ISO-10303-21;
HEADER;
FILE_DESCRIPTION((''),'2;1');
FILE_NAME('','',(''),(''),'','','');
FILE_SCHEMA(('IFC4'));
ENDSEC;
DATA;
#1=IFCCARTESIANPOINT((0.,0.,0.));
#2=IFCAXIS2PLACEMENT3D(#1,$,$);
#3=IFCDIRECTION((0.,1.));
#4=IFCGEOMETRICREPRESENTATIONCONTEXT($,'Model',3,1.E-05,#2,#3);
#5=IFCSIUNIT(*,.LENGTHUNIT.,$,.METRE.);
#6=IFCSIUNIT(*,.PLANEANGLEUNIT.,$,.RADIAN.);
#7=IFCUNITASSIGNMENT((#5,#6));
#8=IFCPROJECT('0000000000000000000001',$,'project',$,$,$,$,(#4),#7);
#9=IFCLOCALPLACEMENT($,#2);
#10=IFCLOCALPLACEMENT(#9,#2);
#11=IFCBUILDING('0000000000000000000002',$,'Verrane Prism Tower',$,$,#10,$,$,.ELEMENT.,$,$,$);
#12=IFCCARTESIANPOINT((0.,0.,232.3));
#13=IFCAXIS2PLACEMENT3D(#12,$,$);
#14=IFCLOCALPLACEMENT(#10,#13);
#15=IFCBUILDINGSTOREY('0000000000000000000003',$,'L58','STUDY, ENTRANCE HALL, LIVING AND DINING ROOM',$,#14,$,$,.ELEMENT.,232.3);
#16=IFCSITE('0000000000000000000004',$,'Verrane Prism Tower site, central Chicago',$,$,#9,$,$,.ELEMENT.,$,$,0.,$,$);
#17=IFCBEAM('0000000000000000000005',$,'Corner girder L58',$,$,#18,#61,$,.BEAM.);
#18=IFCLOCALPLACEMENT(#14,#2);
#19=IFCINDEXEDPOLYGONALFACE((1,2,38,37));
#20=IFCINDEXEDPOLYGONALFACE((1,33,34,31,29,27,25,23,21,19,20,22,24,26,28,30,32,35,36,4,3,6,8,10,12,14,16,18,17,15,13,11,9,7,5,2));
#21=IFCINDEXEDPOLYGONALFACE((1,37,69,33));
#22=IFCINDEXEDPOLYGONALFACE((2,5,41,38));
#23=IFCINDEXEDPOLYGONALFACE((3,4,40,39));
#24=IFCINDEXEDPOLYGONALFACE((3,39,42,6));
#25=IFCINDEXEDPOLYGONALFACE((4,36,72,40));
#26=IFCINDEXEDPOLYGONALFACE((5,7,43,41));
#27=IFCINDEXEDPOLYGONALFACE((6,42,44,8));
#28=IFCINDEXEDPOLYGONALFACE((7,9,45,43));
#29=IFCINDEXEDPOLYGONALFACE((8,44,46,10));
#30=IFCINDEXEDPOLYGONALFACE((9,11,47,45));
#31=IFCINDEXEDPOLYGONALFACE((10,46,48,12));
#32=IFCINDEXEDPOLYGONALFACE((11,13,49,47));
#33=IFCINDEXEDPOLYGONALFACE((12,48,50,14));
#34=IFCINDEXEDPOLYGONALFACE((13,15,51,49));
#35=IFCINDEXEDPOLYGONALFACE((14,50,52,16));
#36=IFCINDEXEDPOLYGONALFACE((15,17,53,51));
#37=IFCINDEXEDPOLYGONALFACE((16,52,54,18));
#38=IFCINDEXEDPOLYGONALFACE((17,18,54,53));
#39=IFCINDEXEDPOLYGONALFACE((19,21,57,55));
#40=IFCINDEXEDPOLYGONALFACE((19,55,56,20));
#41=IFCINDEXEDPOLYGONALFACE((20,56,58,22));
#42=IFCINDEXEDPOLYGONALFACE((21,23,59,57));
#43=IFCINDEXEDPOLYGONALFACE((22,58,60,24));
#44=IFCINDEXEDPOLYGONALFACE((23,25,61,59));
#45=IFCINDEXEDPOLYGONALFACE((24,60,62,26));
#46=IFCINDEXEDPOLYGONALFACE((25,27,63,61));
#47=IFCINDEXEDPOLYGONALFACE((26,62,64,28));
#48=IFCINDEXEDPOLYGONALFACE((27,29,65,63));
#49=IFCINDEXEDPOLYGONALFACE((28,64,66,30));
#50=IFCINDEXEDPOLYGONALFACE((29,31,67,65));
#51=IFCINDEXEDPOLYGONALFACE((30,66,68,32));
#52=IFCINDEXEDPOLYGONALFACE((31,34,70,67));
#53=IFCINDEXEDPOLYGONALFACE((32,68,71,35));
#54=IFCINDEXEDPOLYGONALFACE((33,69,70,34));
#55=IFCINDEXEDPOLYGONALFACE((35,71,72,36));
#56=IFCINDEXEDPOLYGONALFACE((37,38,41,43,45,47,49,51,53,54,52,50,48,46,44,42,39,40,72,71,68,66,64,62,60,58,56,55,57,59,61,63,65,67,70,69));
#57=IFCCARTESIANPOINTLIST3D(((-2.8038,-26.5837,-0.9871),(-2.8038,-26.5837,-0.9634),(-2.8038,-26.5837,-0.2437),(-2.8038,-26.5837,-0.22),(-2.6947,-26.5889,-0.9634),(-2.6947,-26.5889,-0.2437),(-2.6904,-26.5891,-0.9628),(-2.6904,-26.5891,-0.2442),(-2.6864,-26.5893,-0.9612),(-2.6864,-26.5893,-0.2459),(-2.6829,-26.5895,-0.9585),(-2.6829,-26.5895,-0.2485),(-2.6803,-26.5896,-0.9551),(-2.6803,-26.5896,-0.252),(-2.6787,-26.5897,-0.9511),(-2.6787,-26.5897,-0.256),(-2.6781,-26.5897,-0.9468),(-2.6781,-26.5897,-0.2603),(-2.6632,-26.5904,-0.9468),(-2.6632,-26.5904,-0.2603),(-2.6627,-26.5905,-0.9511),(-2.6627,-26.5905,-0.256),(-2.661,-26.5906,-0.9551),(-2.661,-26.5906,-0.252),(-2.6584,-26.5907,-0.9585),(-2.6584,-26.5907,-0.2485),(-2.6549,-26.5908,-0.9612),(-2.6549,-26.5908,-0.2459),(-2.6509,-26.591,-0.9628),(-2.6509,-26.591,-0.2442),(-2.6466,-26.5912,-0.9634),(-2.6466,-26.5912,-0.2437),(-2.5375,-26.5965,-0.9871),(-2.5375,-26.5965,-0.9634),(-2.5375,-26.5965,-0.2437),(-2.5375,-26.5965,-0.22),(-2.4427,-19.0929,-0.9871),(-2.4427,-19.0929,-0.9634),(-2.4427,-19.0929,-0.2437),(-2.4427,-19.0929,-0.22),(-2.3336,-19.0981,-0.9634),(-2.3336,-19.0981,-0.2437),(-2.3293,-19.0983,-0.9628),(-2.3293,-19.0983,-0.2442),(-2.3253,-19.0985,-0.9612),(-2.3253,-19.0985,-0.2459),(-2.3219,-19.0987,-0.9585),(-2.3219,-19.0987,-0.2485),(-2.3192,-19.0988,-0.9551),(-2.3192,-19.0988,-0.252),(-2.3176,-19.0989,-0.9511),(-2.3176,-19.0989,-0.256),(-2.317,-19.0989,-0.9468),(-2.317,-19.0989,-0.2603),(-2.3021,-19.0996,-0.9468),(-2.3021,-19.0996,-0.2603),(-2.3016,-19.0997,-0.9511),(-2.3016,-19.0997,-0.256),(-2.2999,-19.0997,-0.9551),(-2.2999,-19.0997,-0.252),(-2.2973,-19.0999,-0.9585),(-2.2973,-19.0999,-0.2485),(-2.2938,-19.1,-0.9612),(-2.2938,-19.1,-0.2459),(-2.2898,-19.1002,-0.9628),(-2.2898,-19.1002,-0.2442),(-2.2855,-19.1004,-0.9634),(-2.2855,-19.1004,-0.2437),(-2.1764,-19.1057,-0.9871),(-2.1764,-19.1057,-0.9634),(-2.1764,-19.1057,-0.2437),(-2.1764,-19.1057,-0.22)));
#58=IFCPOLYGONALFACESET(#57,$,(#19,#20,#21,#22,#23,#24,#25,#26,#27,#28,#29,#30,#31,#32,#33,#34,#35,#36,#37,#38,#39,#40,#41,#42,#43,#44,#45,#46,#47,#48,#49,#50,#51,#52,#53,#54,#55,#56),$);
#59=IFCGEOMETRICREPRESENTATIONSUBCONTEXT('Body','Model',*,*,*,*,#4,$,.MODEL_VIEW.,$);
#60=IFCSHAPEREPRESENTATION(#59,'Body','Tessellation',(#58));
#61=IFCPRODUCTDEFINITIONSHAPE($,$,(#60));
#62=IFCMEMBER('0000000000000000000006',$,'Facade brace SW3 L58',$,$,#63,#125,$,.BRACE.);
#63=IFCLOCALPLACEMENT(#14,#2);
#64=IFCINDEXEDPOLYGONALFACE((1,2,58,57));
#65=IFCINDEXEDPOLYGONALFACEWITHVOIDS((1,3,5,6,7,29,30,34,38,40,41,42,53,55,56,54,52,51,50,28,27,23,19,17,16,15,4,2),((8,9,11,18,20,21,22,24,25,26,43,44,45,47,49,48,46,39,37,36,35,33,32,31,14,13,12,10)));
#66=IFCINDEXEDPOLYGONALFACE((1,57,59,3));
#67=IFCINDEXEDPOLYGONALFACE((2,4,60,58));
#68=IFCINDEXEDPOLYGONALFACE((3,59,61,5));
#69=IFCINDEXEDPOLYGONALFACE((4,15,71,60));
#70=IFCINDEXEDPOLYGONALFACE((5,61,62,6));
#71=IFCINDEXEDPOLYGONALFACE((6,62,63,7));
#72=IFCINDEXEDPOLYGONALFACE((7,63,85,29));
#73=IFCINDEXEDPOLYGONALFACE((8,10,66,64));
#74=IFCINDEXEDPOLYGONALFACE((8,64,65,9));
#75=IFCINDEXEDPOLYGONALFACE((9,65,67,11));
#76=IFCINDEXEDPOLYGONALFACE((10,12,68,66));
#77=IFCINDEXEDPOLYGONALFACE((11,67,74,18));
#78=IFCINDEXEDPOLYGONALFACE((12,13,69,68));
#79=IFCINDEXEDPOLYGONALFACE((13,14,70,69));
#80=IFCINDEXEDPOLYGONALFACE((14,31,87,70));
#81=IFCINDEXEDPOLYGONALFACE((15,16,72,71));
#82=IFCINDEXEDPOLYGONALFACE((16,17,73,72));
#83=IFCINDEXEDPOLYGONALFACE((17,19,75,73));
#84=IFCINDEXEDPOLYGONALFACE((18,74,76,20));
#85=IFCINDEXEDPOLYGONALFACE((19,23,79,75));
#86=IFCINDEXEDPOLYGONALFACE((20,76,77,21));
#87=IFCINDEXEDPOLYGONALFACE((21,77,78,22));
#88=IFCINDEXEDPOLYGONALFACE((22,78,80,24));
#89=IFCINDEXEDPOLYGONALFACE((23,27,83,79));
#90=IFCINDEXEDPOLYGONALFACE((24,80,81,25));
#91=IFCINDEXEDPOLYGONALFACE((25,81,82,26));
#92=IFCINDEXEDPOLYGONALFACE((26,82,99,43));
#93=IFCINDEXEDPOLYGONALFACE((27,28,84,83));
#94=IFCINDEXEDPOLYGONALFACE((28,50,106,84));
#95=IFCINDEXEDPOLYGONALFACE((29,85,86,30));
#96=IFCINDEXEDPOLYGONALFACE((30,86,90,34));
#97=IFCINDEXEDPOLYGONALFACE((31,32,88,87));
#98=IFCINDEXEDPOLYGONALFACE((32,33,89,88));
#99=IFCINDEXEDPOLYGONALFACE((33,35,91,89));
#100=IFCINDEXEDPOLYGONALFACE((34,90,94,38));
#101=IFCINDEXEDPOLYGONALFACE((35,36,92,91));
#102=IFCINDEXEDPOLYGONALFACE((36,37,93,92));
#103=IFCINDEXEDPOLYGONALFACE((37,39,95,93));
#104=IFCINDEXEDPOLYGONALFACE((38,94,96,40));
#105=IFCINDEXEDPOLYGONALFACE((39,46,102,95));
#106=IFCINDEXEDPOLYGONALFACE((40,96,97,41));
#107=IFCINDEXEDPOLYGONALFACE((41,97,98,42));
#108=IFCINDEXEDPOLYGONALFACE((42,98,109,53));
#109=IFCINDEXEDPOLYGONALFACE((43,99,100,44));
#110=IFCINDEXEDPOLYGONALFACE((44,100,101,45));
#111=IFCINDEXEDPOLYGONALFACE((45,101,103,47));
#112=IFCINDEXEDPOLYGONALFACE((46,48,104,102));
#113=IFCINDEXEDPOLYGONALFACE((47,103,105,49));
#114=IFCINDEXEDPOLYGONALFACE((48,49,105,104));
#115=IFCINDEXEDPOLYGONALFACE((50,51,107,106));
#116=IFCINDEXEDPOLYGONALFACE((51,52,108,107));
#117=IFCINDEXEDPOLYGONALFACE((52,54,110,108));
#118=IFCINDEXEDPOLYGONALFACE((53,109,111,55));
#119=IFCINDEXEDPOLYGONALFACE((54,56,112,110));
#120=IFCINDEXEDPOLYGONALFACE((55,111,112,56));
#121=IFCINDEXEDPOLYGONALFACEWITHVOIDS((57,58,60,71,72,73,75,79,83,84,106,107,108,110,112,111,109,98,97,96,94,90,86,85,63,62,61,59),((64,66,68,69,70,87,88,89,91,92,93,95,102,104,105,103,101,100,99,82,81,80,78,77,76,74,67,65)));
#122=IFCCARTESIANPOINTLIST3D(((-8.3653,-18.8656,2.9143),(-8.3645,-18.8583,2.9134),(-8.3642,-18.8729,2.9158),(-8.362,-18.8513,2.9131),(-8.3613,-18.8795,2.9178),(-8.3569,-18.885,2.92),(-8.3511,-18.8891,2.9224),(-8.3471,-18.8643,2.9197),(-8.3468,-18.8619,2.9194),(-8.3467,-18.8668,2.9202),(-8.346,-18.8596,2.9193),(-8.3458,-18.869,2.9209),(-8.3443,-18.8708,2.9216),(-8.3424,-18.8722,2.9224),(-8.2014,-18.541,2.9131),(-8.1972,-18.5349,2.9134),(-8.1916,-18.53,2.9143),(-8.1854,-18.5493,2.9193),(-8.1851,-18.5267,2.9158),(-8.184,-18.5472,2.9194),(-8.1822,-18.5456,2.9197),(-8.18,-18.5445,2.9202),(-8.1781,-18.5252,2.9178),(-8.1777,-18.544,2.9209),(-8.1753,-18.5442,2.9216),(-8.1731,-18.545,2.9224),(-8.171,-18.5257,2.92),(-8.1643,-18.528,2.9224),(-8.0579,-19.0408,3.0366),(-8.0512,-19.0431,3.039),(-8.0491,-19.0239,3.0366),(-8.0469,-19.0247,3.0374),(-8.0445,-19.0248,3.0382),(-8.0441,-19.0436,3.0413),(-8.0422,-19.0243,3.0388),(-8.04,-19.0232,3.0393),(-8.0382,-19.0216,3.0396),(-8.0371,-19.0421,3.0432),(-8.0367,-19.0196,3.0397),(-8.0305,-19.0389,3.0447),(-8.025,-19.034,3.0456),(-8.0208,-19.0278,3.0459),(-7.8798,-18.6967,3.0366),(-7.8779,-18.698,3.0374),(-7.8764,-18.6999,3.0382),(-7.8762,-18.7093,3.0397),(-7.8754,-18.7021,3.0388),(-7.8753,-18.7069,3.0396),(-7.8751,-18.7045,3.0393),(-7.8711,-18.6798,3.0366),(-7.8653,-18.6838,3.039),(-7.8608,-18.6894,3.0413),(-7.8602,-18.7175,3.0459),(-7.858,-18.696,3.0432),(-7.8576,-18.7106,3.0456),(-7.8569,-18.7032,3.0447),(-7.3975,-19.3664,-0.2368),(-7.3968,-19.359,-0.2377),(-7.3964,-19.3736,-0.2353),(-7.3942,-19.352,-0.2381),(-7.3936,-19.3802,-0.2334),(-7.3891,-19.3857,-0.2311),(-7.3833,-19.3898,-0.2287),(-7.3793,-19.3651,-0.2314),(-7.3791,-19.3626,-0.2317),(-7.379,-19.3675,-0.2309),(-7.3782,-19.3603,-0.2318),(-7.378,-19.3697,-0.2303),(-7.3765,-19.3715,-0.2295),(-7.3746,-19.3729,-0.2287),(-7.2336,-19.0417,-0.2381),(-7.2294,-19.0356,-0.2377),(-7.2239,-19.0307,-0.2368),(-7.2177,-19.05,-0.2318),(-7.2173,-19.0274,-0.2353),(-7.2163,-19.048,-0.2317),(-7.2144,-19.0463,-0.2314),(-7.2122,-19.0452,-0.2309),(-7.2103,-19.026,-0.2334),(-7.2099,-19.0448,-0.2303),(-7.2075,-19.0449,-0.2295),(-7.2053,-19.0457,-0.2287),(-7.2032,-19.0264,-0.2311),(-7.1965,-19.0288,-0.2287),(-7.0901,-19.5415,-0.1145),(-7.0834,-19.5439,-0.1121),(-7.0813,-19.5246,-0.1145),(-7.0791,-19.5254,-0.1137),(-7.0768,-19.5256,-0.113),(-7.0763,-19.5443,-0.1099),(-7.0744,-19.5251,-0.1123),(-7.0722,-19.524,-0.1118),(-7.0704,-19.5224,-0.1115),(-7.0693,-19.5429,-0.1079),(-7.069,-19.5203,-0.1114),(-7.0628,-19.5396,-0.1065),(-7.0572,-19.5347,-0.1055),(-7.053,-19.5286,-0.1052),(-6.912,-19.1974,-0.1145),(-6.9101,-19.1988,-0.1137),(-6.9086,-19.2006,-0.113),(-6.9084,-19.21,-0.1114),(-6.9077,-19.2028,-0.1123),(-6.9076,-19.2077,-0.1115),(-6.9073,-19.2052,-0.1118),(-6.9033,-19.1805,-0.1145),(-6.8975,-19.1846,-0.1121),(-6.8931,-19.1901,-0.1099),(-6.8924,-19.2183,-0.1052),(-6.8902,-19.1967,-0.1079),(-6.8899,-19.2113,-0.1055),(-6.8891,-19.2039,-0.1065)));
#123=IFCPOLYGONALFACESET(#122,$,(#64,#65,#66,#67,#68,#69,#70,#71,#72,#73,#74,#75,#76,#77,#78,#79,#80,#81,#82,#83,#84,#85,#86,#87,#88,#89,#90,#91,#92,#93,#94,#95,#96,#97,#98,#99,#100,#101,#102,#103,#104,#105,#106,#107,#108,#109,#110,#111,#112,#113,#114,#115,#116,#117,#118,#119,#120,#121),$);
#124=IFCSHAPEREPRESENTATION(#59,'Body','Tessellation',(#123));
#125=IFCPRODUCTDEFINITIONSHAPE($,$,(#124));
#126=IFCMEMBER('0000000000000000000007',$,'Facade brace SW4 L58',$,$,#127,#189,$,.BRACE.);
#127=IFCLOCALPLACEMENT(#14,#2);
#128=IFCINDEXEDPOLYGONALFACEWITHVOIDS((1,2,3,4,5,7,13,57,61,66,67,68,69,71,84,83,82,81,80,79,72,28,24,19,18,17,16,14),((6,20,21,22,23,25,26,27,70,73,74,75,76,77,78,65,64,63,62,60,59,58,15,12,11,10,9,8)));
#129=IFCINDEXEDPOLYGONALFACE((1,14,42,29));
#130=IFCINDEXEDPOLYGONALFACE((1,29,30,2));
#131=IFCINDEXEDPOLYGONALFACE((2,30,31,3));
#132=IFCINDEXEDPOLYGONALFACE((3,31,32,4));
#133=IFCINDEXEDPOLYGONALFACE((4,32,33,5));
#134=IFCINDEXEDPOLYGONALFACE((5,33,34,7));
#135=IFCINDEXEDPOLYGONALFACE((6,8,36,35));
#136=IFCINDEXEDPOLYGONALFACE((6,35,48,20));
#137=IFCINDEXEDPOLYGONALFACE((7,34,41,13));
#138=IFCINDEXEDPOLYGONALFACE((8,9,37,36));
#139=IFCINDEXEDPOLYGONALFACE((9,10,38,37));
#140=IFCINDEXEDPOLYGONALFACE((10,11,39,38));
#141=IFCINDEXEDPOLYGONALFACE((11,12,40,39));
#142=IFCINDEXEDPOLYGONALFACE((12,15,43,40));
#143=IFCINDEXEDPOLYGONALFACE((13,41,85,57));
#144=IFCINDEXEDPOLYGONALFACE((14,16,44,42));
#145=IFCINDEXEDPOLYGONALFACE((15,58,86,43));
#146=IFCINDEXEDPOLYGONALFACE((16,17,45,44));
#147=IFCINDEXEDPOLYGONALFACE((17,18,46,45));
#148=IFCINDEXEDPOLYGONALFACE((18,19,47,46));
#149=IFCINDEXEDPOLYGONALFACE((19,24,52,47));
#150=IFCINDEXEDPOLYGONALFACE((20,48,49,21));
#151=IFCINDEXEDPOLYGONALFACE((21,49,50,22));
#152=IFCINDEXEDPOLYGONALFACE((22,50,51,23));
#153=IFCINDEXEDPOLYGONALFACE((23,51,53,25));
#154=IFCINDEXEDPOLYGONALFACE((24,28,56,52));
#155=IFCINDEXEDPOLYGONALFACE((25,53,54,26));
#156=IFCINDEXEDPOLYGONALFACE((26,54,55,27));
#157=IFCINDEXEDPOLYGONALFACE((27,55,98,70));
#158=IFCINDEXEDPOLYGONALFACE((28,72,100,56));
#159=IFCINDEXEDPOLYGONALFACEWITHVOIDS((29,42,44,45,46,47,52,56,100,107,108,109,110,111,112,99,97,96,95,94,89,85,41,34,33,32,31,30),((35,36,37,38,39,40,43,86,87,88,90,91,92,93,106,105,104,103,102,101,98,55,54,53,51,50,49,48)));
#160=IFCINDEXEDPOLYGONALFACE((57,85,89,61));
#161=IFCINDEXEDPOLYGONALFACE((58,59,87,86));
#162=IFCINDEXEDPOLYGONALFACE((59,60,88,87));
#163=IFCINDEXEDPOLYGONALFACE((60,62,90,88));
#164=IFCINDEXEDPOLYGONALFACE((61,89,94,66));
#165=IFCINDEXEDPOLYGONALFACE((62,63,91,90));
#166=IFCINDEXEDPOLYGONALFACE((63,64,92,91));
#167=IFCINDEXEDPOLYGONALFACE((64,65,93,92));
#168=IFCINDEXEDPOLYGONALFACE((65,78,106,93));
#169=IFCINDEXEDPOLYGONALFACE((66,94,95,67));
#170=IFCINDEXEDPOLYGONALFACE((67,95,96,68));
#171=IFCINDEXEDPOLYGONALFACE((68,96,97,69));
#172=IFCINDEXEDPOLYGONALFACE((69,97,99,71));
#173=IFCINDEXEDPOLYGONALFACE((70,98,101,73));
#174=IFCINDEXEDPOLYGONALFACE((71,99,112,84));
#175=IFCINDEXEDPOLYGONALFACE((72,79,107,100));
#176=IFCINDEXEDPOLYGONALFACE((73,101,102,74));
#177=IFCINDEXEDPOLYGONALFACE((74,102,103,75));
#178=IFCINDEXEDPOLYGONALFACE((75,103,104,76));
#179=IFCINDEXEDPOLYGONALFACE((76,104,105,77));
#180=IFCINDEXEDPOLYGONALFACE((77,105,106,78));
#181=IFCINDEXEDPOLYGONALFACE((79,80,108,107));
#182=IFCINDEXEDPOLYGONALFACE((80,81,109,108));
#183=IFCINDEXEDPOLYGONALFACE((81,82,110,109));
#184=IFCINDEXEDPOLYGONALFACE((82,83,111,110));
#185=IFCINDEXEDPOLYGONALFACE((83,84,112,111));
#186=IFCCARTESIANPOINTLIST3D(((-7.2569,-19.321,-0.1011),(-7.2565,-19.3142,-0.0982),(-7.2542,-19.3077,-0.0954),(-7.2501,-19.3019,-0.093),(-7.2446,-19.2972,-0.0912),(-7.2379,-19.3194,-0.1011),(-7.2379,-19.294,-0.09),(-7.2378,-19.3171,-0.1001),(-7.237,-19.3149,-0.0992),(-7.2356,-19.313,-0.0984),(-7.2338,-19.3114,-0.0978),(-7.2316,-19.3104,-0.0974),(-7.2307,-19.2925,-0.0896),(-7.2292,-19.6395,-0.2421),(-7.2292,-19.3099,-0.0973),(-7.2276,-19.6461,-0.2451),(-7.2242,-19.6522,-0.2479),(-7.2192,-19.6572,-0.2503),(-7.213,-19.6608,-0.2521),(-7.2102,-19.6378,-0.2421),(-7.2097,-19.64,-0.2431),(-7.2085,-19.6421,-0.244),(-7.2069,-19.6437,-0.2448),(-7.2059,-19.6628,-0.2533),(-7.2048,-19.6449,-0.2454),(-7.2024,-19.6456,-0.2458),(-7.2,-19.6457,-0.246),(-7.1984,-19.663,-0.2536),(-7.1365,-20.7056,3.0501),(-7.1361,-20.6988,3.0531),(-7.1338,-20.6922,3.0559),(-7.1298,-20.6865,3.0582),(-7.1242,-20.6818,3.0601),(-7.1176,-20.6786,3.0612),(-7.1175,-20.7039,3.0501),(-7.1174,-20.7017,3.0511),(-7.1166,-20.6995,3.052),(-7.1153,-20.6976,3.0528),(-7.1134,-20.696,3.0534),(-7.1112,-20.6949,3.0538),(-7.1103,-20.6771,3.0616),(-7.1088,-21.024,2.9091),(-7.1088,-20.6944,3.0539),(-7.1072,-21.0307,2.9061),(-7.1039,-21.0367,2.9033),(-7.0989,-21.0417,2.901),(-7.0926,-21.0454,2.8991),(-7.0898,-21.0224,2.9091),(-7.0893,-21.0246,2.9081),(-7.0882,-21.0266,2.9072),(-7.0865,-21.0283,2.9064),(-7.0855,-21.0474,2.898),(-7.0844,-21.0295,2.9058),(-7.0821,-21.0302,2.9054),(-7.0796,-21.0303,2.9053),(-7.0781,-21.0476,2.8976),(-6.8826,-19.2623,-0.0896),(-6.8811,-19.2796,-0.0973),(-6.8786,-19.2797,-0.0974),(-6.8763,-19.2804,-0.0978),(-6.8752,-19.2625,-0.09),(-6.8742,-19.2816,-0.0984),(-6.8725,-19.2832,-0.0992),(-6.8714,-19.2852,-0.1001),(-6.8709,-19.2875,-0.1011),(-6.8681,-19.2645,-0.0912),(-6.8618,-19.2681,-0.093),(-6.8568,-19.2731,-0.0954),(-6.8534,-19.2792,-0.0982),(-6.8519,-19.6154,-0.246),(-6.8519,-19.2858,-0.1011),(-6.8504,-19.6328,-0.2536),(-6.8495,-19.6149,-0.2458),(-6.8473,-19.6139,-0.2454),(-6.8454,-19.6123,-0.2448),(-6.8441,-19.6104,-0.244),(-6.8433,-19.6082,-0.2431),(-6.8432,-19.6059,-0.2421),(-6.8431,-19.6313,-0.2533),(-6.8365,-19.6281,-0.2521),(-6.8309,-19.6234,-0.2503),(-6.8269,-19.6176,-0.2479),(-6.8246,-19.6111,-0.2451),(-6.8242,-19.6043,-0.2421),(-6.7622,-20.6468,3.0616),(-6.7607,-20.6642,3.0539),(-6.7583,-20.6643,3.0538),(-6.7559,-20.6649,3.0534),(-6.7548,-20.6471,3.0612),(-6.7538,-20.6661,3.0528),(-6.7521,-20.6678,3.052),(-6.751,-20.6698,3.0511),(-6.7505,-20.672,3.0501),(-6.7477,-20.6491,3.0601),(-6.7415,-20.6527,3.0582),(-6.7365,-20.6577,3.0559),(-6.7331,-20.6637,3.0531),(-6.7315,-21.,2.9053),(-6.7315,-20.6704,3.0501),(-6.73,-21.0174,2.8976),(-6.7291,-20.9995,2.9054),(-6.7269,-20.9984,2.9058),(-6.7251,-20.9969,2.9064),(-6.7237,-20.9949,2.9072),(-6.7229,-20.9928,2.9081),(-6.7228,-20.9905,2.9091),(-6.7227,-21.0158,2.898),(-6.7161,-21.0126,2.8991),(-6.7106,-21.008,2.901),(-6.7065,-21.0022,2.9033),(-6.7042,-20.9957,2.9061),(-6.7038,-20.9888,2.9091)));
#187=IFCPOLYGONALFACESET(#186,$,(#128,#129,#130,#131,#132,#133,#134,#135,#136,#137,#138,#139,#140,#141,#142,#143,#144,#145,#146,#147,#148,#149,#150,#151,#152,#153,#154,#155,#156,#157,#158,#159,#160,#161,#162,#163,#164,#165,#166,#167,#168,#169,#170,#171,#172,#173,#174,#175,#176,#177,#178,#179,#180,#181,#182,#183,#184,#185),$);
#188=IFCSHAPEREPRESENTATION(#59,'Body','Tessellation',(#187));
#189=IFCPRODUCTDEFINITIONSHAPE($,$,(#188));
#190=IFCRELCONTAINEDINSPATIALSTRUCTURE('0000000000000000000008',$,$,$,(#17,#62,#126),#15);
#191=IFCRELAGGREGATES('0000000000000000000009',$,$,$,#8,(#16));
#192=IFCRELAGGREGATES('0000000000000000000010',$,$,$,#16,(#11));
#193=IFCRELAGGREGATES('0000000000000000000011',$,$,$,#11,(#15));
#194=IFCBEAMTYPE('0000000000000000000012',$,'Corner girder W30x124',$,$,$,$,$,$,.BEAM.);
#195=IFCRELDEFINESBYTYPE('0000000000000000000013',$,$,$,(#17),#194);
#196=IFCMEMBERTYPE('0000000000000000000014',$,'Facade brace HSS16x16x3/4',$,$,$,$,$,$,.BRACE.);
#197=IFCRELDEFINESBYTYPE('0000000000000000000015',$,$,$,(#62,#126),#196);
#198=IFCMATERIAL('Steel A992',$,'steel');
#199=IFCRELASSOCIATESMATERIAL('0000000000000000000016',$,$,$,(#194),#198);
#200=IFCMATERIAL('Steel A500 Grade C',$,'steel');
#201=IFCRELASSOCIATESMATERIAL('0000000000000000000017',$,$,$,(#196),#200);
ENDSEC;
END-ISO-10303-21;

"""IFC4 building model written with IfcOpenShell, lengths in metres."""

from ifc_helpers import new_model, si_unit, direction, frame, origin, origin_2d, place, context, subcontext, project, spatial, hollow_rectangle, i_section, extrude, material, material_profile, profile_set, type_object, element, save


model = new_model("IFC4")

# Units and contexts
model_context = context("Model", 3, precision=1e-05, world=origin(), true_north=direction((0.0, 1.0)))
body_context = subcontext(model_context, "Body", "Model", "MODEL_VIEW")
ifc_project = project(units=[si_unit("LENGTHUNIT", "METRE"), si_unit("PLANEANGLEUNIT", "RADIAN")], contexts=[model_context])

# Site, building, storey
site_placement = place(None, origin())
site = spatial("IfcSite", under=ifc_project, at=site_placement, Name="Verrane Prism Tower site, central Chicago", CompositionType="ELEMENT", RefElevation=0.0)
building_placement = place(site_placement, origin())
building = spatial("IfcBuilding", under=site, at=building_placement, Name="Verrane Prism Tower", CompositionType="ELEMENT")
storey_placement = place(building_placement, frame((0.0, 0.0, 232.3)))
storey = spatial("IfcBuildingStorey", under=building, at=storey_placement, Name="L58", Description="STUDY, ENTRANCE HALL, LIVING AND DINING ROOM", CompositionType="ELEMENT", Elevation=232.3)

# Beam
ifc_material_1 = material(Name="Steel A992", Category="steel")
ifc_material_profile_1 = material_profile(ifc_material_1, i_section(OverallWidth=0.2666, OverallDepth=0.7671, WebThickness=0.0149, FlangeThickness=0.0237, FilletRadius=0.0166, at=origin_2d()), Name="W30x124")
ifc_profile_set_1 = profile_set([ifc_material_profile_1], Name="Steel A992")
beam_type_1 = type_object("IfcBeamType", Name="Corner girder W30x124", PredefinedType="BEAM", material=ifc_profile_set_1)
beam_1_placement = place(storey_placement, frame((-2.6707, -26.5901, -0.6035), z_axis=(0.048148, 0.99884, 0.0), x_axis=(-0.99884, 0.048148, 0.0)))
element("IfcBeam", 1, at=beam_1_placement, inside=storey, type_object=beam_type_1, Name="Corner girder L58", PredefinedType="BEAM", context=body_context, shape_type="SweptSolid", body=[
    extrude(i_section(OverallWidth=0.2666, OverallDepth=0.7671, WebThickness=0.0149, FlangeThickness=0.0237, FilletRadius=0.0166, at=origin_2d()), origin(), (0.0, 0.0, 1.0), 7.4995),
])

# Members
ifc_material_2 = material(Name="Steel A500 Grade C", Category="steel")
ifc_material_profile_2 = material_profile(ifc_material_2, hollow_rectangle(XDim=0.4065, YDim=0.4065, WallThickness=0.019, InnerFilletRadius=0.0095, OuterFilletRadius=0.0286, at=origin_2d()), Name="HSS16x16x3/4")
ifc_profile_set_2 = profile_set([ifc_material_profile_2], Name="Steel A500 Grade C")
member_type_1 = type_object("IfcMemberType", Name="Facade brace HSS16x16x3/4", PredefinedType="BRACE", material=ifc_profile_set_2)
member_1_placement = place(storey_placement, frame((-7.1433, -19.2852, -0.1716), z_axis=(-0.290256, 0.150181, 0.945091), x_axis=(-0.459539, -0.888158, 0.0)))
element("IfcMember", 2, at=member_1_placement, inside=storey, type_object=member_type_1, Name="Facade brace SW3 L58", PredefinedType="BRACE", context=body_context, shape_type="SweptSolid", body=[
    extrude(hollow_rectangle(XDim=0.4065, YDim=0.4065, WallThickness=0.019, InnerFilletRadius=0.0095, OuterFilletRadius=0.0286, at=origin_2d()), origin(), (0.0, 0.0, 1.0), 3.3342),
])
member_2_placement = place(storey_placement, frame((-7.0405, -19.4626, -0.1716), z_axis=(0.034948, -0.402013, 0.914967), x_axis=(0.996243, 0.086607, 0.0)))
element("IfcMember", 3, at=member_2_placement, inside=storey, type_object=member_type_1, Name="Facade brace SW4 L58", PredefinedType="BRACE", context=body_context, shape_type="SweptSolid", body=[
    extrude(hollow_rectangle(XDim=0.4065, YDim=0.4065, WallThickness=0.019, InnerFilletRadius=0.0095, OuterFilletRadius=0.0286, at=origin_2d()), origin(), (0.0, 0.0, 1.0), 3.4441),
])

save(model, "model.ifc")
